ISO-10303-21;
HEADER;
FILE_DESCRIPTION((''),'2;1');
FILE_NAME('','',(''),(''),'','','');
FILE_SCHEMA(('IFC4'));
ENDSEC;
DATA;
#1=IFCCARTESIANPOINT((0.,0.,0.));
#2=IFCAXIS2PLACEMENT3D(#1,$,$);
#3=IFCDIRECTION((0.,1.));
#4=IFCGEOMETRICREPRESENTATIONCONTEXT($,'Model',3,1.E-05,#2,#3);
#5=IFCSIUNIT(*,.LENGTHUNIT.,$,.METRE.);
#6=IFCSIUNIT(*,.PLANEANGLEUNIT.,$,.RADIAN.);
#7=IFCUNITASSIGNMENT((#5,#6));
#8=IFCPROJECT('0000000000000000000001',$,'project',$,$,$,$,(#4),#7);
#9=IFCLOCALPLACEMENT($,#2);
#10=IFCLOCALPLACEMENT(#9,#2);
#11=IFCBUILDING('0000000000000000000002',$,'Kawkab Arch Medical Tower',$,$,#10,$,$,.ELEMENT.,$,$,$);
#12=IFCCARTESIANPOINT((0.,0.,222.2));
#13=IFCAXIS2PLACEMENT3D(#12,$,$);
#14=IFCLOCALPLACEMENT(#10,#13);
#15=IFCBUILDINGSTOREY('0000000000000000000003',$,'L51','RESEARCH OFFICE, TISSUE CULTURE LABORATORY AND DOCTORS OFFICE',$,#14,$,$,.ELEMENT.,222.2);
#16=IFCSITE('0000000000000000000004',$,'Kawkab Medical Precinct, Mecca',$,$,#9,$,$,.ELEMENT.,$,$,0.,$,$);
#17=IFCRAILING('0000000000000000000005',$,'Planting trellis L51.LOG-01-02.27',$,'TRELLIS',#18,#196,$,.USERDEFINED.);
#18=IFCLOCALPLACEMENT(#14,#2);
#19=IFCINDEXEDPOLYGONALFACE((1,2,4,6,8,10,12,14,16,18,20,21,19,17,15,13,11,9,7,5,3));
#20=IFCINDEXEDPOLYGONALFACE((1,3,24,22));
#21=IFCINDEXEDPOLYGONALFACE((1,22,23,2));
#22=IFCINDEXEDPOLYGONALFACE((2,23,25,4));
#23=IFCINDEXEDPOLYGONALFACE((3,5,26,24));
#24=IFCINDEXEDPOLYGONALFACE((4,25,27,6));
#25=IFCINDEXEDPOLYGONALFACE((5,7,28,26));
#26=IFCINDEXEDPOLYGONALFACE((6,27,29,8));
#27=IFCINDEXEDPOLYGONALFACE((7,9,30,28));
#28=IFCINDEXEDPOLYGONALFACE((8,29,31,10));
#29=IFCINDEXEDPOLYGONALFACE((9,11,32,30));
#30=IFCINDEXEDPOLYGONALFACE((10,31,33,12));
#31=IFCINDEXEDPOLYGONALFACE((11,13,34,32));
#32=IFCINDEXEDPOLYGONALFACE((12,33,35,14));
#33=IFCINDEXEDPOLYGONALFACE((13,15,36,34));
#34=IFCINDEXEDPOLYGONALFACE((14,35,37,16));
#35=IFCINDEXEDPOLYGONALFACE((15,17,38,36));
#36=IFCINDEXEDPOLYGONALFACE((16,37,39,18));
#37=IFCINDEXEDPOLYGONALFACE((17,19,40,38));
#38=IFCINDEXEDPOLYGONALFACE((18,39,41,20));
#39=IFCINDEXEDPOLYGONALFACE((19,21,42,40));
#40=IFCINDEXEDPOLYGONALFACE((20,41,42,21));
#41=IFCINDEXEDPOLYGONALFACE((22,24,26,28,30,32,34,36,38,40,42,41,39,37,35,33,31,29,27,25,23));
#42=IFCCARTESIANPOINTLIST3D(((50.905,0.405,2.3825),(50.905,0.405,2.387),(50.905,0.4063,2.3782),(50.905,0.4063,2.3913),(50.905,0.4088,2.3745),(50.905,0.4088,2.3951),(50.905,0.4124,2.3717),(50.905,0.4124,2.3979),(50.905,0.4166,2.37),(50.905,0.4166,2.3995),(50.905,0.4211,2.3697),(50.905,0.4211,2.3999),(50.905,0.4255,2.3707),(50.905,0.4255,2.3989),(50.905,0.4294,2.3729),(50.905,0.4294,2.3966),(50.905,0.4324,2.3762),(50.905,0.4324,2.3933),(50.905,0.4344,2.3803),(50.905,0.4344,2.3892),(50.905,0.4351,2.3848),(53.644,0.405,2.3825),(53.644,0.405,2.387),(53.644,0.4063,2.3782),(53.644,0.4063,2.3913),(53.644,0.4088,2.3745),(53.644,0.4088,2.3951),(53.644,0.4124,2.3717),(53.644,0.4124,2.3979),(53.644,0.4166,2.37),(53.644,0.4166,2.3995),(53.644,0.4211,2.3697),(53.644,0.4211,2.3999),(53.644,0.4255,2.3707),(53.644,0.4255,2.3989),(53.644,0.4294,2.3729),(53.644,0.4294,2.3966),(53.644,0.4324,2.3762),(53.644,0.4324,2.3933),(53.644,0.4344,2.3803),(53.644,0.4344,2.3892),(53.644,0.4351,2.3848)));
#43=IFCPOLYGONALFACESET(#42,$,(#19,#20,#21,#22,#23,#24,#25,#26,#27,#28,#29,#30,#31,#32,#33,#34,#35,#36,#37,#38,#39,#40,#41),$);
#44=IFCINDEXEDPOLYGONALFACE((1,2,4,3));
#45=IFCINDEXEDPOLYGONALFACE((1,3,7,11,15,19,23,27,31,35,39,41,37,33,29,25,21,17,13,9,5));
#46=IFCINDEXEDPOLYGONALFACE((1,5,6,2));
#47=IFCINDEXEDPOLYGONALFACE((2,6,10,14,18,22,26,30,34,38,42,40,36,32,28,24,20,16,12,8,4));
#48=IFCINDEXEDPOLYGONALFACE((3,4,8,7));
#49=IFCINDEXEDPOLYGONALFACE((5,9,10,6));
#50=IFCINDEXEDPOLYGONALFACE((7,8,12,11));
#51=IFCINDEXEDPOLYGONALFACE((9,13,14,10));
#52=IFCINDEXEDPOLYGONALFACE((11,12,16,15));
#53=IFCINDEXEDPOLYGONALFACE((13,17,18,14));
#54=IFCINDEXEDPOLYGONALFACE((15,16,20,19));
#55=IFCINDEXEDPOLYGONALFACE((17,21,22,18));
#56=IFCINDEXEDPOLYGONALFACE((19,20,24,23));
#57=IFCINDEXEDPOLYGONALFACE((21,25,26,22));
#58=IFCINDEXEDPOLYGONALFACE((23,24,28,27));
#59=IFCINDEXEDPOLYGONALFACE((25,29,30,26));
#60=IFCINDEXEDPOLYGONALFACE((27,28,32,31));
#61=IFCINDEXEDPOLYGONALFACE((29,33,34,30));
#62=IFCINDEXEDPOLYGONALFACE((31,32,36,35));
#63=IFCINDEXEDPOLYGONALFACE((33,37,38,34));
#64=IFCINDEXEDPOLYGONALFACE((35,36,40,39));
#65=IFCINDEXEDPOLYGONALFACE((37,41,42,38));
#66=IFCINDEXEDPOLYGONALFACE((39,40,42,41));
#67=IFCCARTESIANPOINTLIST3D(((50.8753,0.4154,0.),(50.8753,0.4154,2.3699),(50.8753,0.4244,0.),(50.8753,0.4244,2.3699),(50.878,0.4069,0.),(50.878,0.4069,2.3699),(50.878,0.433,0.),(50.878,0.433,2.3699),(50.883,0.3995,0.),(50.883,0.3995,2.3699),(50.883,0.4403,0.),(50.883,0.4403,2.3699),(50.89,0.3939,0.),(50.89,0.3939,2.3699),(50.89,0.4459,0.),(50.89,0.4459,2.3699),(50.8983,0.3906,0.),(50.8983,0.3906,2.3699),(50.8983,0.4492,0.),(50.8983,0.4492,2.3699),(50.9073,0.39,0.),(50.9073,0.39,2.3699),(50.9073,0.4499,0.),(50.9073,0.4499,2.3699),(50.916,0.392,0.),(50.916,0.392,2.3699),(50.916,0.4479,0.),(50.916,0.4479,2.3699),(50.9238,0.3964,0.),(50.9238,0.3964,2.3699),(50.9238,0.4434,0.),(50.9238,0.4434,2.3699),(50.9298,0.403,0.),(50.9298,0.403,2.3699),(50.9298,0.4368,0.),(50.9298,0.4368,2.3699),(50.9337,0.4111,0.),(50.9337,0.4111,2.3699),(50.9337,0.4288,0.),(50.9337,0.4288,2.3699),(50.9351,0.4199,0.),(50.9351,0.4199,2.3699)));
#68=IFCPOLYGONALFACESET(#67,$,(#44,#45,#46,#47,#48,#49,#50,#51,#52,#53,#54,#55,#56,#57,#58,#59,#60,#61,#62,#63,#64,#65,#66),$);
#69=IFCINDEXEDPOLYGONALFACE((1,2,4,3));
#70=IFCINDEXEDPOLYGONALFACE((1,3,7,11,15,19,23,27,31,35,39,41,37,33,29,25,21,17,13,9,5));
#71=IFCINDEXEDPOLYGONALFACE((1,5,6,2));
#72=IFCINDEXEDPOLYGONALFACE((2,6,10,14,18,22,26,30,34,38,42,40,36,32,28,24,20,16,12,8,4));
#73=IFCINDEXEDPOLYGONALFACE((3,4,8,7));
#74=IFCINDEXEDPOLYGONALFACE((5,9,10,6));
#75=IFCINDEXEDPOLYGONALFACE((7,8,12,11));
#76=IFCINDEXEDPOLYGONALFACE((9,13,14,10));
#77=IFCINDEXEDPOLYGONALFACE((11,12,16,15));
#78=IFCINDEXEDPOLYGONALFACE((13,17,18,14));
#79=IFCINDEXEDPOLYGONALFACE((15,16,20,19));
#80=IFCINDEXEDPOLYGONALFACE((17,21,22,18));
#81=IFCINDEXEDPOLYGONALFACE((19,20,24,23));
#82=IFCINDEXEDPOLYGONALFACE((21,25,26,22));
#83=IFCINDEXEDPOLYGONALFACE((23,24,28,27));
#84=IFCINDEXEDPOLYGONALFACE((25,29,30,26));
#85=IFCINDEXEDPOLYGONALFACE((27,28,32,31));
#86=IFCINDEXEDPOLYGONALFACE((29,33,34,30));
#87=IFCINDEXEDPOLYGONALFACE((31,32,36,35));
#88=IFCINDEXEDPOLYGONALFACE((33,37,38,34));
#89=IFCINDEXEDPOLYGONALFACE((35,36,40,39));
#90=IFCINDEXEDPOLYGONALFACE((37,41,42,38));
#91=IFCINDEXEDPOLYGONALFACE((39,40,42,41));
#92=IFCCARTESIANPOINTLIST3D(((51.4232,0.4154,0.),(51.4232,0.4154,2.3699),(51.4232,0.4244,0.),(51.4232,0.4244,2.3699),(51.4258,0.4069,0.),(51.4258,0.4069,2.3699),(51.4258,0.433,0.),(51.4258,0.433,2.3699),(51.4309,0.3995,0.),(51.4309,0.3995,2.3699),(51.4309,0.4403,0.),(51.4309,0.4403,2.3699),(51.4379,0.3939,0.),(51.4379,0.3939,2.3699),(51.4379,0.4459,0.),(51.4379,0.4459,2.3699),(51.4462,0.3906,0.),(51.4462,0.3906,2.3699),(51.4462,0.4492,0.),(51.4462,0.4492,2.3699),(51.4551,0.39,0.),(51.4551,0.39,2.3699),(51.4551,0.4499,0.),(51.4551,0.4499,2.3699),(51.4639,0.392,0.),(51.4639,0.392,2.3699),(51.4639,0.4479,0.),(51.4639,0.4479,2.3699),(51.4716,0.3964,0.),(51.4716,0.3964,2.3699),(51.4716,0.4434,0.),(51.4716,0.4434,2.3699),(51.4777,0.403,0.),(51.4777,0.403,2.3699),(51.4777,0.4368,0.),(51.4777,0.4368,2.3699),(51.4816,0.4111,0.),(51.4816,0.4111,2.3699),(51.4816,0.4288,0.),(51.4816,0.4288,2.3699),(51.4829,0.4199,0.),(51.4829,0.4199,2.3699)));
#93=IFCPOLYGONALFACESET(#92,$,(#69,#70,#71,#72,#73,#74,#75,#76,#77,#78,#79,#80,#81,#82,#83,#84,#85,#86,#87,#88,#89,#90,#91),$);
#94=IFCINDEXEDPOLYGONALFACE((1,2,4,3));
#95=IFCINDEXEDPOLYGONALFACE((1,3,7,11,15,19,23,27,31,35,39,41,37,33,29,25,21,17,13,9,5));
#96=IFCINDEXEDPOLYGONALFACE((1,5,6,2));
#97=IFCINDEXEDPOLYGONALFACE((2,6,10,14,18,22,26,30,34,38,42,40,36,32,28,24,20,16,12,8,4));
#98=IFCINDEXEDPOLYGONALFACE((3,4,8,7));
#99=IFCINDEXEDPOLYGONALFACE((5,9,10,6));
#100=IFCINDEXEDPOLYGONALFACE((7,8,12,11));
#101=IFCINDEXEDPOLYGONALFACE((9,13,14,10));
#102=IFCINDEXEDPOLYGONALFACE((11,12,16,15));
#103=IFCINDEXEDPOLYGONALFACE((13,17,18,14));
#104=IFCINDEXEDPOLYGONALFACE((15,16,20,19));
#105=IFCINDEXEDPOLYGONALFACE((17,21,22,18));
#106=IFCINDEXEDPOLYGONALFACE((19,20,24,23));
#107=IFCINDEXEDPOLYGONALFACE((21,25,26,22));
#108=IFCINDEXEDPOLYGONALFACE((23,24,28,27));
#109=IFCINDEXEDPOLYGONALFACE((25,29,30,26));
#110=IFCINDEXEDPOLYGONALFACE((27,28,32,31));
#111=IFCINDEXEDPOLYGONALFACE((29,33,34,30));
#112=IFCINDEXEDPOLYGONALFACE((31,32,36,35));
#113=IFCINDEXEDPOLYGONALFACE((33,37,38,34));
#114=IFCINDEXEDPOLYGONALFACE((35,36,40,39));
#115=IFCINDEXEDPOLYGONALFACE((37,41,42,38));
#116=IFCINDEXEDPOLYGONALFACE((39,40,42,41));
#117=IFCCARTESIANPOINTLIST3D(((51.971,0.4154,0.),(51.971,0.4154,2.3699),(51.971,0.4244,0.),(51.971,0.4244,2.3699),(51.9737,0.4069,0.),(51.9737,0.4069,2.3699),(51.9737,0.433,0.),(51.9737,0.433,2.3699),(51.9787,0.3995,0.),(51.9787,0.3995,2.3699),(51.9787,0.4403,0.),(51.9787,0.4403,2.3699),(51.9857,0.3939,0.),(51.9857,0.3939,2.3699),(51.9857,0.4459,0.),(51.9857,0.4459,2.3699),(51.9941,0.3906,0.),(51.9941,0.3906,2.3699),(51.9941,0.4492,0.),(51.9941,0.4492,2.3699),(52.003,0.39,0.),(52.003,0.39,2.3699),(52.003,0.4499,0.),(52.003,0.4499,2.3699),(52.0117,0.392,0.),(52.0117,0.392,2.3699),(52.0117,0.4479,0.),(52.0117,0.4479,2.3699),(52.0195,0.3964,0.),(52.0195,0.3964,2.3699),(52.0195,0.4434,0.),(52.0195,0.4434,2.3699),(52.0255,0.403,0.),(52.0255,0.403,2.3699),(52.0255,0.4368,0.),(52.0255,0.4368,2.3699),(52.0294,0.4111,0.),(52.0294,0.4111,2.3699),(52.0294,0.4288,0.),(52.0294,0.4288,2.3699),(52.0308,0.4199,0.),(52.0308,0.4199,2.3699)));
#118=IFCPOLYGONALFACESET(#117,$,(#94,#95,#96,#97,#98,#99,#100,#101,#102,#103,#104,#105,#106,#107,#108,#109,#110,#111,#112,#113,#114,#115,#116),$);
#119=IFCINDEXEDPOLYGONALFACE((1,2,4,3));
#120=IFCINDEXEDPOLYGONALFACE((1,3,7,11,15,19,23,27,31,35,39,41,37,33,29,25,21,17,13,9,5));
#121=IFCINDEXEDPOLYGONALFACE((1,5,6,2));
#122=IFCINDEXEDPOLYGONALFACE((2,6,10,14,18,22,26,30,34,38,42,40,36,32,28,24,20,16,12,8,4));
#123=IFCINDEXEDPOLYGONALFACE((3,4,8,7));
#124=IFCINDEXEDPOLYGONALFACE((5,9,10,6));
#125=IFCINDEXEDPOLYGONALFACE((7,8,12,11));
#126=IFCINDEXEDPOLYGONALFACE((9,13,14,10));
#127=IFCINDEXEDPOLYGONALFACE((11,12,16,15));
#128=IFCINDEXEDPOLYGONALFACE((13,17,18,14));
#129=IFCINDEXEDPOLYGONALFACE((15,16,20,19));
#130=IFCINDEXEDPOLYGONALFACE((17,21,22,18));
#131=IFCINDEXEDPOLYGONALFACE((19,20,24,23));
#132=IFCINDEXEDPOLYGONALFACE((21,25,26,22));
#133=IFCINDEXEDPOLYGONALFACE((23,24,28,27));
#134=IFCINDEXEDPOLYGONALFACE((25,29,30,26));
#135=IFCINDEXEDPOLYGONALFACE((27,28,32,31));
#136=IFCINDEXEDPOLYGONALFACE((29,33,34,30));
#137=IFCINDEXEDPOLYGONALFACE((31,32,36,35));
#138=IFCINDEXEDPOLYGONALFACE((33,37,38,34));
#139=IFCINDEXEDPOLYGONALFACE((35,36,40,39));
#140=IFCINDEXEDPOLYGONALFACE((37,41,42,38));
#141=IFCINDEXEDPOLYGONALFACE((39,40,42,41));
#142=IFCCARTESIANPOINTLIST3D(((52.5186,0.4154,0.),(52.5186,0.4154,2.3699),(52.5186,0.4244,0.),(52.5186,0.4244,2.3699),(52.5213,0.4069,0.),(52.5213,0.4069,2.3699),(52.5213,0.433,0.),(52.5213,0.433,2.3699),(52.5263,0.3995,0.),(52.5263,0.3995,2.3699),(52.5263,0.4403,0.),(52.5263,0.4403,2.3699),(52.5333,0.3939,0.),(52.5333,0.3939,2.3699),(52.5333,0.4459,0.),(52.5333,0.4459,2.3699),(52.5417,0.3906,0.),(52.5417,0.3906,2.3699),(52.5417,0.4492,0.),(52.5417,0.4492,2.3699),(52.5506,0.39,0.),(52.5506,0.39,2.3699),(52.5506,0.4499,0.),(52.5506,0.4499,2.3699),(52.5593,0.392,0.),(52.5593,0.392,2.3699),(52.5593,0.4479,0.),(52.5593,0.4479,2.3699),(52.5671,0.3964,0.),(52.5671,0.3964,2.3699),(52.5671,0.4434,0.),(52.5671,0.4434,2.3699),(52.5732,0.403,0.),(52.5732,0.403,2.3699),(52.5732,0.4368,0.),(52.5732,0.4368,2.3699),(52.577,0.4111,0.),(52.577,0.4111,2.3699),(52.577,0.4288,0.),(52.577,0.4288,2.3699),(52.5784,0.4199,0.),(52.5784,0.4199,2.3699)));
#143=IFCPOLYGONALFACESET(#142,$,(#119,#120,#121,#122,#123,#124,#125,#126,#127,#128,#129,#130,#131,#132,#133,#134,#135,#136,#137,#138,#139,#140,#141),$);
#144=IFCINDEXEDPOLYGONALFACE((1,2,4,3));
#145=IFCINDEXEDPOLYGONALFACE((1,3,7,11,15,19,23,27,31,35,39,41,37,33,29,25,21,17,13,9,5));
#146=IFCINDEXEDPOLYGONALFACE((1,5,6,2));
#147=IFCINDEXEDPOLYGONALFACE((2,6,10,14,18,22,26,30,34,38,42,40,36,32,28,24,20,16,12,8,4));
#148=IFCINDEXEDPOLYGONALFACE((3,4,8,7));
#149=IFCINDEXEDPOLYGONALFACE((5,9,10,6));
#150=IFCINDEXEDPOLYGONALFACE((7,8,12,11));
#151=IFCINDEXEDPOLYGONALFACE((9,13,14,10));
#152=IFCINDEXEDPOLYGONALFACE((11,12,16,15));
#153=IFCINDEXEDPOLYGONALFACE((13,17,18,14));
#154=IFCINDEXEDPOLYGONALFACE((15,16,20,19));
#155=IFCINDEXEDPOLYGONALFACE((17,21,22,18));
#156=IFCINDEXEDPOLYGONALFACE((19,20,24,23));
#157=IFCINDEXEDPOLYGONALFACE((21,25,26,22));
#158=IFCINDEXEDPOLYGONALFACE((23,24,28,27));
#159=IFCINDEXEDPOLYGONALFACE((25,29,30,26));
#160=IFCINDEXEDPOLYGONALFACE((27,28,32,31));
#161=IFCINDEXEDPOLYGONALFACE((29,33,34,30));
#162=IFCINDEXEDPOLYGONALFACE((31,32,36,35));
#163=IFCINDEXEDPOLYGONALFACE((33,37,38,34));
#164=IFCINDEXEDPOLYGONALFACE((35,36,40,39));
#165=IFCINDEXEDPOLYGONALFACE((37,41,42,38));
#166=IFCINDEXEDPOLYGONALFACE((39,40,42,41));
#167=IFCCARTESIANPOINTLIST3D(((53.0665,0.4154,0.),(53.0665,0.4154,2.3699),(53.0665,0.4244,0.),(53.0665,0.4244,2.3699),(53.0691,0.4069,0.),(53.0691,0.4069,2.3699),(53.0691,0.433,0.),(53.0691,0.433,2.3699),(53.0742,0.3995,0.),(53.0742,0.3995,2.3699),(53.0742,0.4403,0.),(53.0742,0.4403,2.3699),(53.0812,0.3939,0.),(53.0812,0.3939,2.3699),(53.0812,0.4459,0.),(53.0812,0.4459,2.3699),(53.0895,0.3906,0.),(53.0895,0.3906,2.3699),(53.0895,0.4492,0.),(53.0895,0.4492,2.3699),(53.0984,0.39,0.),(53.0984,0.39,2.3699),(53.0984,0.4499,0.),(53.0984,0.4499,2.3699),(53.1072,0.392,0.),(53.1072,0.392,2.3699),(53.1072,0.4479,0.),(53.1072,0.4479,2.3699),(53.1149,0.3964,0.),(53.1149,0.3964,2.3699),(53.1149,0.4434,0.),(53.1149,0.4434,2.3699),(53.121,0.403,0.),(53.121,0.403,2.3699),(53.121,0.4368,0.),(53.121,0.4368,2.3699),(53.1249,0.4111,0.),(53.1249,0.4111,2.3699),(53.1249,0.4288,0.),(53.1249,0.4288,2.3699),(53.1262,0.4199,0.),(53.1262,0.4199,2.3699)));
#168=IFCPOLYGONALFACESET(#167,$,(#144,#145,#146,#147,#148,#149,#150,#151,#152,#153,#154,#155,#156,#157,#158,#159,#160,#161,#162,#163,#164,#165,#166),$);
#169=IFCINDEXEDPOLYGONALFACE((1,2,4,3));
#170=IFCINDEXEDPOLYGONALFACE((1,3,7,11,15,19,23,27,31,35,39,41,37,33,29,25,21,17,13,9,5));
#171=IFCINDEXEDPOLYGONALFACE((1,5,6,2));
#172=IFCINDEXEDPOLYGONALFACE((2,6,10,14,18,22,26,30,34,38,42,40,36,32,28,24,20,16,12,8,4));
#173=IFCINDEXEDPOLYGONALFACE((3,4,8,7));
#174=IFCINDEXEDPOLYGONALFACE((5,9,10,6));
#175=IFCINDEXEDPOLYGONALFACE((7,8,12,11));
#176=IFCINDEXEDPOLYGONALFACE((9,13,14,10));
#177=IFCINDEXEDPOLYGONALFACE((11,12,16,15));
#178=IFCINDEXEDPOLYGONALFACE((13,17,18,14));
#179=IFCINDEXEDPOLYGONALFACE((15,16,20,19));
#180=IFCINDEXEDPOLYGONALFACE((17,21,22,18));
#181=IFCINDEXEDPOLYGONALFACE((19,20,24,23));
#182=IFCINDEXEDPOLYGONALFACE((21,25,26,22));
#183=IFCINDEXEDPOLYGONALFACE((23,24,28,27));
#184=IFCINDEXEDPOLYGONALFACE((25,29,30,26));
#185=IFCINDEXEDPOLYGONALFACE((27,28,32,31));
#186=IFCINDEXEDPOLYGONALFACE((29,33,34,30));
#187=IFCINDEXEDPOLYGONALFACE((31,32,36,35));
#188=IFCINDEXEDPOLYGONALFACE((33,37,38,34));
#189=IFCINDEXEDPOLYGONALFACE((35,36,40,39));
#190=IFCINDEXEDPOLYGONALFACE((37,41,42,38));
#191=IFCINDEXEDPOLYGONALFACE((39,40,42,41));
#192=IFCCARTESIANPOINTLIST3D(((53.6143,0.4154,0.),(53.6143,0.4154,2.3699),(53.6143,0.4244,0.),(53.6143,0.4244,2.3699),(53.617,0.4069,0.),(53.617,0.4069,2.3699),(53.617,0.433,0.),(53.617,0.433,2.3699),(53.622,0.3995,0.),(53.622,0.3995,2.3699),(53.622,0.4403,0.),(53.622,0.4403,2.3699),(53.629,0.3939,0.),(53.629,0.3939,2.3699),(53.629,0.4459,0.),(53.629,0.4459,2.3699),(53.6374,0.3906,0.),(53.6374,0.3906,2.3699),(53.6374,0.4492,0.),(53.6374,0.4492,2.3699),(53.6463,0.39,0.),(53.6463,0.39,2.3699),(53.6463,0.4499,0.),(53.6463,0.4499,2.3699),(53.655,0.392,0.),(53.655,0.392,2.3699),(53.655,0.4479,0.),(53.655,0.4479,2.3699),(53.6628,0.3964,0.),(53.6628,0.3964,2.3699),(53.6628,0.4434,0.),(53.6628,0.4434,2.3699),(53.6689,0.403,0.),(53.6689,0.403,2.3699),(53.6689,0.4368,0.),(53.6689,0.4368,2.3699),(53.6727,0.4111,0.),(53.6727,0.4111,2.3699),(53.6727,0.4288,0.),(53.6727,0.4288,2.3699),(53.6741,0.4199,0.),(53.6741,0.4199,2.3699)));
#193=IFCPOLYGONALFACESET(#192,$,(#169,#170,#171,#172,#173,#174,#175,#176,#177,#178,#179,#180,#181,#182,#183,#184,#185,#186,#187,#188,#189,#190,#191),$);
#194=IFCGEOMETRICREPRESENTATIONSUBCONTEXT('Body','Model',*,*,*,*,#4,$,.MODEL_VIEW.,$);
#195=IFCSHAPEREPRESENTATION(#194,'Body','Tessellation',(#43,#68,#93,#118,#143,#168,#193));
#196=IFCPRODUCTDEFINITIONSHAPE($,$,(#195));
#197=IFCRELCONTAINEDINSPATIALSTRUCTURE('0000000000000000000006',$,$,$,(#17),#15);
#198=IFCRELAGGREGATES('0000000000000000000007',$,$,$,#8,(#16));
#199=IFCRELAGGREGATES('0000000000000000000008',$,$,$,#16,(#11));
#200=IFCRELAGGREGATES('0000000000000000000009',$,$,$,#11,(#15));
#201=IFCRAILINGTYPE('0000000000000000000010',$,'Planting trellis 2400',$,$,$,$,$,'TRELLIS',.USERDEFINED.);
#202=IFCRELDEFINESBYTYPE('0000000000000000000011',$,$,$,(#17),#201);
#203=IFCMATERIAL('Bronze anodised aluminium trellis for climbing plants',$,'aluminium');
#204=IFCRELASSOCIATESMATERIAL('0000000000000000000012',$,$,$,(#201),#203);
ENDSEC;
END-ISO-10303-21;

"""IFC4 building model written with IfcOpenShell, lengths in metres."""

from ifc_helpers import new_model, si_unit, direction, frame, origin, origin_2d, place, context, subcontext, project, spatial, circle, extrude, material, type_object, element, save


model = new_model("IFC4")

# Units and contexts
model_context = context("Model", 3, precision=1e-05, world=origin(), true_north=direction((0.0, 1.0)))
body_context = subcontext(model_context, "Body", "Model", "MODEL_VIEW")
ifc_project = project(units=[si_unit("LENGTHUNIT", "METRE"), si_unit("PLANEANGLEUNIT", "RADIAN")], contexts=[model_context])

# Site, building, storey
site_placement = place(None, origin())
site = spatial("IfcSite", under=ifc_project, at=site_placement, Name="Kawkab Medical Precinct, Mecca", CompositionType="ELEMENT", RefElevation=0.0)
building_placement = place(site_placement, origin())
building = spatial("IfcBuilding", under=site, at=building_placement, Name="Kawkab Arch Medical Tower", CompositionType="ELEMENT")
storey_placement = place(building_placement, frame((0.0, 0.0, 222.2)))
storey = spatial("IfcBuildingStorey", under=building, at=storey_placement, Name="L51", Description="RESEARCH OFFICE, TISSUE CULTURE LABORATORY AND DOCTORS OFFICE", CompositionType="ELEMENT", Elevation=222.2)

# Railing
ifc_material_1 = material(Name="Bronze anodised aluminium trellis for climbing plants", Category="aluminium")
railing_type_1 = type_object("IfcRailingType", Name="Planting trellis 2400", ElementType="TRELLIS", PredefinedType="USERDEFINED", material=ifc_material_1)
railing_1_placement = place(storey_placement, frame((50.905, 0.4199, 0.0)))
element("IfcRailing", 1, at=railing_1_placement, inside=storey, type_object=railing_type_1, Name="Planting trellis L51.LOG-01-02.27", ObjectType="TRELLIS", PredefinedType="USERDEFINED", context=body_context, shape_type="SweptSolid", body=[
    extrude(circle(Radius=0.0151, at=origin_2d()), frame((0.0, 0.0, 2.3848), z_axis=(1.0, 0.0, 0.0), x_axis=(0.0, 1.0, 0.0)), (0.0, 0.0, 1.0), 2.739),
    extrude(circle(Radius=0.03, at=origin_2d()), origin(), (0.0, 0.0, 1.0), 2.3699),
    extrude(circle(Radius=0.03, at=origin_2d()), frame((0.5479, 0.0, 0.0)), (0.0, 0.0, 1.0), 2.3699),
    extrude(circle(Radius=0.03, at=origin_2d()), frame((1.0957, 0.0, 0.0)), (0.0, 0.0, 1.0), 2.3699),
    extrude(circle(Radius=0.03, at=origin_2d()), frame((1.6433, 0.0, 0.0)), (0.0, 0.0, 1.0), 2.3699),
    extrude(circle(Radius=0.03, at=origin_2d()), frame((2.1912, 0.0, 0.0)), (0.0, 0.0, 1.0), 2.3699),
    extrude(circle(Radius=0.03, at=origin_2d()), frame((2.739, 0.0, 0.0)), (0.0, 0.0, 1.0), 2.3699),
])

save(model, "model.ifc")
